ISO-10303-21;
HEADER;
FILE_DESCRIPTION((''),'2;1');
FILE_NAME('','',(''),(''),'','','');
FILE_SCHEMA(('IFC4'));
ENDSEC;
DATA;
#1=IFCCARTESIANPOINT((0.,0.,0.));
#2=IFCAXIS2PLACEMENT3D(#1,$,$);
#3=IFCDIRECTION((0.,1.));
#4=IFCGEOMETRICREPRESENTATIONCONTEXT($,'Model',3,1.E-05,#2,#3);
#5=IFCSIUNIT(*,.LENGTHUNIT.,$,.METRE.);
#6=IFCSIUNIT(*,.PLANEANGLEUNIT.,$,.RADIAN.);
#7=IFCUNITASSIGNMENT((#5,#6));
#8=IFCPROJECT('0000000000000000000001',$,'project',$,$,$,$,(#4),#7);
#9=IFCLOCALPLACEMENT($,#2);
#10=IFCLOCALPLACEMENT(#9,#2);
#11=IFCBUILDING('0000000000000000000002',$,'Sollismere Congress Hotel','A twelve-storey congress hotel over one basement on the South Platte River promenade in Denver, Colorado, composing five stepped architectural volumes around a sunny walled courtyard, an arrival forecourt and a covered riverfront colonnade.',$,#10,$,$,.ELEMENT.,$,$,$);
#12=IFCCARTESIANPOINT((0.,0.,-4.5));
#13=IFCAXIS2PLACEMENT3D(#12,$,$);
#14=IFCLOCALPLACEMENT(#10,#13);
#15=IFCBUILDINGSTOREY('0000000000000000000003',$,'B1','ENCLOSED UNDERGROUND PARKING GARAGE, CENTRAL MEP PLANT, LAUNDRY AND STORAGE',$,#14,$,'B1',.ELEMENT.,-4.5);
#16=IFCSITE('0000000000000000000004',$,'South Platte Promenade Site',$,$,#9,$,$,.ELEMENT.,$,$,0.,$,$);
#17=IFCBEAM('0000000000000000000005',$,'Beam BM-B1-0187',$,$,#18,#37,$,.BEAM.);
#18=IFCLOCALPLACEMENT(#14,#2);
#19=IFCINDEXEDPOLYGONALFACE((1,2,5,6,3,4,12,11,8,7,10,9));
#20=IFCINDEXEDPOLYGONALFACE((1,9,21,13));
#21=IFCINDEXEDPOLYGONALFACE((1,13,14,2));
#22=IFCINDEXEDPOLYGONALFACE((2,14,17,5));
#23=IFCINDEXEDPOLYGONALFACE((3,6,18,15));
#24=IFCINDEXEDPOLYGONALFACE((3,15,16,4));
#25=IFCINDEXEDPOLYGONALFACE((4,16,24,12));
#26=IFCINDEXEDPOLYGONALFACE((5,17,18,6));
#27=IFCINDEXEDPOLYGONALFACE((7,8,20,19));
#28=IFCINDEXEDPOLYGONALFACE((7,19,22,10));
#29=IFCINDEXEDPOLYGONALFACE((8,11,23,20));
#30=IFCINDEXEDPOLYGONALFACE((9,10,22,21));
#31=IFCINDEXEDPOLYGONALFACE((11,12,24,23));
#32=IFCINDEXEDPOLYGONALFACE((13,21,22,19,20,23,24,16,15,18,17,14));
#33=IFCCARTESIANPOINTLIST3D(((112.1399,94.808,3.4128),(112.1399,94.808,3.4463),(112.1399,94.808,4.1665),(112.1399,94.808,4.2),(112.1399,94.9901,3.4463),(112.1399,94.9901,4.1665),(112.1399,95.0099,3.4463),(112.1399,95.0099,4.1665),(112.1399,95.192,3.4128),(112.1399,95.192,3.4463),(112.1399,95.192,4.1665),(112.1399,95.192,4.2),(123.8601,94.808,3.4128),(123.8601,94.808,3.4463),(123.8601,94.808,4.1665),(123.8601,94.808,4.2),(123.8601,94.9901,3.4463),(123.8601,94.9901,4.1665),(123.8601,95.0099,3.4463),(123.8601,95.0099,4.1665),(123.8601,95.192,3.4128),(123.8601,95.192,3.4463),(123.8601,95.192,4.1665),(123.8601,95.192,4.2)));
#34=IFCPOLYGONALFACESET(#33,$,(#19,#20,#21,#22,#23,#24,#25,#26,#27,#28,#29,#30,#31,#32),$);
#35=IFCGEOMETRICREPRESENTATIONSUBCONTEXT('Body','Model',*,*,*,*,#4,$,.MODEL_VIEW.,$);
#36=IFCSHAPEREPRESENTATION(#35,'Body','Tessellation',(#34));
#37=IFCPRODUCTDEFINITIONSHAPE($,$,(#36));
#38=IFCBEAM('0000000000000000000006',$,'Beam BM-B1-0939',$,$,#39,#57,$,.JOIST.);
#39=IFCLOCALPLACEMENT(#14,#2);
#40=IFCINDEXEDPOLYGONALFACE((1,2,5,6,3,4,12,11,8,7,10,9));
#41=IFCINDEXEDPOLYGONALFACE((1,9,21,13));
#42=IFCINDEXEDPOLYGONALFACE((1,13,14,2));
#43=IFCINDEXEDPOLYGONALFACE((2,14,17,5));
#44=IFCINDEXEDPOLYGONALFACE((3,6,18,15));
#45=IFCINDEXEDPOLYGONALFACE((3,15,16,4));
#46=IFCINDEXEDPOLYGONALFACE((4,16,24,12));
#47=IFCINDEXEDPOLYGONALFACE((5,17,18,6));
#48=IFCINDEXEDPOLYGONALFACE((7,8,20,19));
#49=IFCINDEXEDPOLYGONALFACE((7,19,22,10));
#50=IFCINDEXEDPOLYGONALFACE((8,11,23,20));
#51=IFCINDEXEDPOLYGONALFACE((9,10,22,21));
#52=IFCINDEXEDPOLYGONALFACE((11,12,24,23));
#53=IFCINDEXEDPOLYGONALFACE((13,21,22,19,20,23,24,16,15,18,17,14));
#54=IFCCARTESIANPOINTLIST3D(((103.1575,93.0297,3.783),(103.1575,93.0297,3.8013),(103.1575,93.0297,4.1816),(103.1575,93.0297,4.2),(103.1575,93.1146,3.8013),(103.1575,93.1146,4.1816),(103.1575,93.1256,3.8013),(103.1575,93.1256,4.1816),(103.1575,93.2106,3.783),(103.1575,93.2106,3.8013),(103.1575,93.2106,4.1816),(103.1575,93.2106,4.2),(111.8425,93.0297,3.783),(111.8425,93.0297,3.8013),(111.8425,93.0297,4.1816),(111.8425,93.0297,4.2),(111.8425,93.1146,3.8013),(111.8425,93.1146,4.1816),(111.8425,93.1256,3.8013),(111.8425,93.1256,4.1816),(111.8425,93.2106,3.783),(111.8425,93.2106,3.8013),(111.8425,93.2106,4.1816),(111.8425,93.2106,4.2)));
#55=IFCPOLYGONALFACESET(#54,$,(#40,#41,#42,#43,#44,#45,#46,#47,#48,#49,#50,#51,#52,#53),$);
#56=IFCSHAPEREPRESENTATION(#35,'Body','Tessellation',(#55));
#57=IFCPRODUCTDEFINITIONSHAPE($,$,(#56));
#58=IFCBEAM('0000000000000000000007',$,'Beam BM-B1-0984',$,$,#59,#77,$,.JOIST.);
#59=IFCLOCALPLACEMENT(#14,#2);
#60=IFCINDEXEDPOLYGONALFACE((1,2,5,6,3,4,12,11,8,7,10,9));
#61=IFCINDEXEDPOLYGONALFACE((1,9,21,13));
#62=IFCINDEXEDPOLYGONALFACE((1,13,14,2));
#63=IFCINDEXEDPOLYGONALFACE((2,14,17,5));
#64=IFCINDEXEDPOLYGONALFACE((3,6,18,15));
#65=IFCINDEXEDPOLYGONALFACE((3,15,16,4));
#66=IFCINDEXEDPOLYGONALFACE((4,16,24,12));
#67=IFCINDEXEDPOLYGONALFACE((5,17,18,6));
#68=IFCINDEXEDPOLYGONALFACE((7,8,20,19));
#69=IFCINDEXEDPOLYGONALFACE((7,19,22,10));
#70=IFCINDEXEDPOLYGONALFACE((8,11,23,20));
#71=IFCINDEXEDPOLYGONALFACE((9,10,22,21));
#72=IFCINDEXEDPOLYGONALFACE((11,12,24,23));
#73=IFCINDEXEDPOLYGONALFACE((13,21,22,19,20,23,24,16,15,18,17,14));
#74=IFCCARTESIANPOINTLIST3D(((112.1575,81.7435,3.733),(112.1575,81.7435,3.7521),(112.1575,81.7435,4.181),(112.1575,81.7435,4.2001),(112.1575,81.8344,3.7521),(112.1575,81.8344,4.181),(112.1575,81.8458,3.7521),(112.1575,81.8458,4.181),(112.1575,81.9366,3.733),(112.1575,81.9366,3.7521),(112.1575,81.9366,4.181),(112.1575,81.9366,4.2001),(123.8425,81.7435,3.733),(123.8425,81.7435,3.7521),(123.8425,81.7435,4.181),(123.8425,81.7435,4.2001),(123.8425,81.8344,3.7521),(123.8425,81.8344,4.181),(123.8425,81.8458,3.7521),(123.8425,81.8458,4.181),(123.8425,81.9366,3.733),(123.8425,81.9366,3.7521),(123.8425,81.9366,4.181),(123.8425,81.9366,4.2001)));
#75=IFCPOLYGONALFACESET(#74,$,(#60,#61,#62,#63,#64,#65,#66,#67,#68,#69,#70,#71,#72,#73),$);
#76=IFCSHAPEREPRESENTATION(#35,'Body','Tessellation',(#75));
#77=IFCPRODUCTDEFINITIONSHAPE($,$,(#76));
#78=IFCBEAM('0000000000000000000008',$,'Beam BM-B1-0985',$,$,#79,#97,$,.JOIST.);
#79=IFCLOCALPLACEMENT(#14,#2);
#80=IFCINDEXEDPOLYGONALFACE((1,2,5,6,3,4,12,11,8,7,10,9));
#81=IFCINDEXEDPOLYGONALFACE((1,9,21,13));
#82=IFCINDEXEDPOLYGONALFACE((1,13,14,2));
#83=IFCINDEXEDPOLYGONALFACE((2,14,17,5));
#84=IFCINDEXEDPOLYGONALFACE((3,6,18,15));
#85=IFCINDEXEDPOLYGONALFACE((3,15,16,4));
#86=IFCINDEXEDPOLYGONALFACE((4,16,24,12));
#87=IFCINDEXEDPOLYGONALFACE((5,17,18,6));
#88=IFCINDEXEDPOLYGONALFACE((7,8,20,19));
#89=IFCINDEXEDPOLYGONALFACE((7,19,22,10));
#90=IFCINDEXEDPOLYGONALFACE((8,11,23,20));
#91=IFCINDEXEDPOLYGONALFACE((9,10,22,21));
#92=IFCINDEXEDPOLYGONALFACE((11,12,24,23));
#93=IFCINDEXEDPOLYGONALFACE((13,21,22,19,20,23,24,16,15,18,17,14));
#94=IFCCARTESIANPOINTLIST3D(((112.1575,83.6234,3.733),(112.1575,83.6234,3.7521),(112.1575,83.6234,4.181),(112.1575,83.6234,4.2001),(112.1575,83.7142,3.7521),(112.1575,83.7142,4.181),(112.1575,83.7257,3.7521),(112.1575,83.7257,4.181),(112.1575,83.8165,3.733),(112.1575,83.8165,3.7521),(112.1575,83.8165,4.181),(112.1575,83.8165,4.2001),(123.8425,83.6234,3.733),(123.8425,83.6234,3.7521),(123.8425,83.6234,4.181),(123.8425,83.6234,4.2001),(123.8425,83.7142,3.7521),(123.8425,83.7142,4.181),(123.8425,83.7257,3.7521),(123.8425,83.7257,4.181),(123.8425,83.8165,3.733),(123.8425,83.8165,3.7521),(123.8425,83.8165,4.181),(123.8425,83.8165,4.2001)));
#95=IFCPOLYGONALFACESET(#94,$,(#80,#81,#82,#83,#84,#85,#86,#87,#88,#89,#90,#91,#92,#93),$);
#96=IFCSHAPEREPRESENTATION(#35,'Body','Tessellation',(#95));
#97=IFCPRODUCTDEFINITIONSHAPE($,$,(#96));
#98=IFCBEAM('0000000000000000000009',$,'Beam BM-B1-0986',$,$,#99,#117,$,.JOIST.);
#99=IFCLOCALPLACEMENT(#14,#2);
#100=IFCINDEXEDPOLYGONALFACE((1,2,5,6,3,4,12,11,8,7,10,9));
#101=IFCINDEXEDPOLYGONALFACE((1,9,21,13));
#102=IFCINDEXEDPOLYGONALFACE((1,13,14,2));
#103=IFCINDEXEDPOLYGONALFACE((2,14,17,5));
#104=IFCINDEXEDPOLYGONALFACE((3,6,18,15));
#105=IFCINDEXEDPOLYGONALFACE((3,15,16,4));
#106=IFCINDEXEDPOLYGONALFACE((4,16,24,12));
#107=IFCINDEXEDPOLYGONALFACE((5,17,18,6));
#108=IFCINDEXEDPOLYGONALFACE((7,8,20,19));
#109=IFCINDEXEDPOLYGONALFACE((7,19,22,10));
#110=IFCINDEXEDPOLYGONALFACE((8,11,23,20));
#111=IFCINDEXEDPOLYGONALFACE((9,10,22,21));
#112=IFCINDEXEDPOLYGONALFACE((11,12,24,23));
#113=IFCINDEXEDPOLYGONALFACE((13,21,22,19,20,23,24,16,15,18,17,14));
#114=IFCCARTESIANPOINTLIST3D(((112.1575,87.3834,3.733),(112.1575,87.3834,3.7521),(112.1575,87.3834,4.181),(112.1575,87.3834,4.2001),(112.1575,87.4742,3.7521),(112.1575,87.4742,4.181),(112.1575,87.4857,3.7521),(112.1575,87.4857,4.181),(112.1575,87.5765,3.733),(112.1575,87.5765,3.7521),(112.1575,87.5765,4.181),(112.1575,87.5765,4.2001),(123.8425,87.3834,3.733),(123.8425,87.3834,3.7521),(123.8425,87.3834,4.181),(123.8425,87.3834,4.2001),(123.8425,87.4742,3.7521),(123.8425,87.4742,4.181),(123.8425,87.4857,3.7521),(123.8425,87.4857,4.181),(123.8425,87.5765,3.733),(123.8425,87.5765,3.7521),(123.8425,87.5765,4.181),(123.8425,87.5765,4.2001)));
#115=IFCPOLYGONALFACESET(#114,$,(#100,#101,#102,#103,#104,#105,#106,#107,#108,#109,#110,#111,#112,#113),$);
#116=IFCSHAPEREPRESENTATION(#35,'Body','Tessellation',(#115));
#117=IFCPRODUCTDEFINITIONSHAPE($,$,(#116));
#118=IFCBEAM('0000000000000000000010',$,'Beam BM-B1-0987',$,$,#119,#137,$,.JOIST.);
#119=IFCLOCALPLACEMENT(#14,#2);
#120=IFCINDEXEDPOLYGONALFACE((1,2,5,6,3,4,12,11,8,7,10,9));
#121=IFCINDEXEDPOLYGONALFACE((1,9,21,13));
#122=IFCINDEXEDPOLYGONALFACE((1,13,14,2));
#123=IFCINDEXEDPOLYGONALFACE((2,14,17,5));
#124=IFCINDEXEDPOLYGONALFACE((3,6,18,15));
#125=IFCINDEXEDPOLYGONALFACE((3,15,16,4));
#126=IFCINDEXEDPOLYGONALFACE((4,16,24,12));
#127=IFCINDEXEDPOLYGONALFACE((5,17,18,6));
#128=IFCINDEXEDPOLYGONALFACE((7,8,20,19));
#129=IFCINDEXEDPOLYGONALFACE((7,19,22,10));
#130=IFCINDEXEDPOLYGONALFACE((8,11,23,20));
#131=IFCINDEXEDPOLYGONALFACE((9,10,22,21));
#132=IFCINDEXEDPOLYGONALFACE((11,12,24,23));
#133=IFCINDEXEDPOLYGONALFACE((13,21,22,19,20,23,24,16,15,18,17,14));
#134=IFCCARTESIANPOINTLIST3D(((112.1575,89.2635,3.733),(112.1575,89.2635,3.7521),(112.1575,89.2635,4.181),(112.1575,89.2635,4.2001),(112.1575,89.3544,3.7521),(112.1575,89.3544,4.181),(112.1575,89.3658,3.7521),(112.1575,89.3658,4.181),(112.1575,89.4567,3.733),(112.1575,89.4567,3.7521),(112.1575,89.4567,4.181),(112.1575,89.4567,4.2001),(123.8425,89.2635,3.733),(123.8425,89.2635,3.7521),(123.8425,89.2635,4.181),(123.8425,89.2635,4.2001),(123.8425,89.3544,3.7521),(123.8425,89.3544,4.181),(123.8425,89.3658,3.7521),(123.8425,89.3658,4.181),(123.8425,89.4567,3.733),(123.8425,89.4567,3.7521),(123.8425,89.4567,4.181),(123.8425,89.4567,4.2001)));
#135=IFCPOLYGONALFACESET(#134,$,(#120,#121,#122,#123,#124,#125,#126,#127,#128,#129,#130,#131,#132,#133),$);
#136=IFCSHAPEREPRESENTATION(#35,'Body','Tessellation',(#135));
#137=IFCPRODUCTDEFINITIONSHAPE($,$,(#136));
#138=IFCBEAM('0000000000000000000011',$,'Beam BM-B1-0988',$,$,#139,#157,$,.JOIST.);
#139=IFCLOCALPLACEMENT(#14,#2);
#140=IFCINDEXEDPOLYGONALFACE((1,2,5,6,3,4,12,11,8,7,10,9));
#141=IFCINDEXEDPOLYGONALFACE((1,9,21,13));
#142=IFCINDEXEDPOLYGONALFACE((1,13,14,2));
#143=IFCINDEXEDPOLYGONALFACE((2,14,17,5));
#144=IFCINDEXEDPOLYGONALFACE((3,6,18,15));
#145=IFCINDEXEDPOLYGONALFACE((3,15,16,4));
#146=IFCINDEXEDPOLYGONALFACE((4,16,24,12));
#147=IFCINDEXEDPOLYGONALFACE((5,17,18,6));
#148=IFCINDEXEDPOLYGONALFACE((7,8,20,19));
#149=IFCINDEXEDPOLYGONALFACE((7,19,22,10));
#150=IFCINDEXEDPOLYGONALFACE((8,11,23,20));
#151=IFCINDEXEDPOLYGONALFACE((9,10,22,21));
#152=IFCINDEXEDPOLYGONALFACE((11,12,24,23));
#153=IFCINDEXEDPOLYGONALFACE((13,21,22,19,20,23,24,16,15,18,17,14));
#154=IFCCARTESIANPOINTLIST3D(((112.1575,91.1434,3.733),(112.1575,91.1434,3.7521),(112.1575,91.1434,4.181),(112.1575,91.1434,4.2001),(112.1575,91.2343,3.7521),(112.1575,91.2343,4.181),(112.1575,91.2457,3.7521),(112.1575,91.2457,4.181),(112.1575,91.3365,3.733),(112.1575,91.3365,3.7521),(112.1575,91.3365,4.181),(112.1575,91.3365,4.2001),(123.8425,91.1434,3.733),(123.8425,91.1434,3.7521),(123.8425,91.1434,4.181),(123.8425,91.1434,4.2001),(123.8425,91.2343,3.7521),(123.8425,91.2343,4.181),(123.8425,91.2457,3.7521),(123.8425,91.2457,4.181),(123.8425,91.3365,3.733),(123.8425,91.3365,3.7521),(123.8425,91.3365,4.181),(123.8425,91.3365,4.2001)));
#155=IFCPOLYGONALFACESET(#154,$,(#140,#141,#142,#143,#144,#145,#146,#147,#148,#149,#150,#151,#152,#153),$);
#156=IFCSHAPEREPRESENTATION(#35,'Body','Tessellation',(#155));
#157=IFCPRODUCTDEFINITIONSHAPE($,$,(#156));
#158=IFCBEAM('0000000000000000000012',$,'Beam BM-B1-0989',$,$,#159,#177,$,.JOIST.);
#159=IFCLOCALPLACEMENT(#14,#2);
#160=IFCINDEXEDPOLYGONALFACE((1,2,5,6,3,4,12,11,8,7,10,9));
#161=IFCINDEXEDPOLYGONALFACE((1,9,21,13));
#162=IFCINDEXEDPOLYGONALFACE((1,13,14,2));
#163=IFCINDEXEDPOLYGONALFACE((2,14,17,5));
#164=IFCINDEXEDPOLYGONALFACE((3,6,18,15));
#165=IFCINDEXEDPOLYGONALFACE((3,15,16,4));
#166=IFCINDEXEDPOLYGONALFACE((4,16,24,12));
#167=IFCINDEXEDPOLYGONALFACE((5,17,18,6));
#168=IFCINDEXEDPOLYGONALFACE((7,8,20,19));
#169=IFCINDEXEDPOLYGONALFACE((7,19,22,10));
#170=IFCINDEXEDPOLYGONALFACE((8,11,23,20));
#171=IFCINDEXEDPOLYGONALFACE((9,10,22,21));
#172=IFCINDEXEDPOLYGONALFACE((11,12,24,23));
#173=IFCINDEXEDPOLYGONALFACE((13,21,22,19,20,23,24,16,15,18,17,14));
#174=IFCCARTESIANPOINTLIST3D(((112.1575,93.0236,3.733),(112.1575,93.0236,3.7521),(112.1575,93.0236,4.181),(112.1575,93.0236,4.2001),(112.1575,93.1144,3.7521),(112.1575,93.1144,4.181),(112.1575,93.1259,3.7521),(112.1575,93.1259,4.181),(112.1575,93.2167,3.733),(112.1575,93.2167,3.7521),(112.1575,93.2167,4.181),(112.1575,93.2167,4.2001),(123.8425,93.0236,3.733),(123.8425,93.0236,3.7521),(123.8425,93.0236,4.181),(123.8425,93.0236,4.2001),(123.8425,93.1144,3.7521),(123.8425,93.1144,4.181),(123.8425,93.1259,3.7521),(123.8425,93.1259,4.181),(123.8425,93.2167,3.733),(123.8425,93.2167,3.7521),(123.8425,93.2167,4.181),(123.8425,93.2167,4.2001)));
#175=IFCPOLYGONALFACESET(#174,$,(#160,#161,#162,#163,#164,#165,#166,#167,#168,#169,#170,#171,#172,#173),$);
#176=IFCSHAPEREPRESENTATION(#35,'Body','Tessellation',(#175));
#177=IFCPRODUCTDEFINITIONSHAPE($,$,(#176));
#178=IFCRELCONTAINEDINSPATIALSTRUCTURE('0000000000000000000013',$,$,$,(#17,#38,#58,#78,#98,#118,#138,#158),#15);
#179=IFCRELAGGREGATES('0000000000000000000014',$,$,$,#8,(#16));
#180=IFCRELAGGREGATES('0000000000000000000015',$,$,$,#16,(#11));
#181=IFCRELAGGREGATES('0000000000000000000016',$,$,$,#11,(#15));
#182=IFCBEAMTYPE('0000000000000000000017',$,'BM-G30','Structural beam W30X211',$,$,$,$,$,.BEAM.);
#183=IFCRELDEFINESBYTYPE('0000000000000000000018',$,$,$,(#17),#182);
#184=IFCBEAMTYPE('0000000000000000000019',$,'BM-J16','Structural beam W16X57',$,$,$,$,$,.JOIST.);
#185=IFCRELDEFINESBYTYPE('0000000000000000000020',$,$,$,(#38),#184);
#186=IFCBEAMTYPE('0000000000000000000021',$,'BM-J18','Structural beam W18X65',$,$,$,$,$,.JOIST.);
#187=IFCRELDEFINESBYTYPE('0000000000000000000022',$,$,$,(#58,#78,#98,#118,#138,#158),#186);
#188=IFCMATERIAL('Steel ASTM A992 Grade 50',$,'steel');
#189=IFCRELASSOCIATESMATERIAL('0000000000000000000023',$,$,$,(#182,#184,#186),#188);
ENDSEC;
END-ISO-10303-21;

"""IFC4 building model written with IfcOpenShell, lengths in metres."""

from ifc_helpers import new_model, si_unit, direction, frame, origin, origin_2d, place, context, subcontext, project, spatial, i_section, extrude, material, material_profile, profile_set, type_object, element, save


model = new_model("IFC4")

# Units and contexts
model_context = context("Model", 3, precision=1e-05, world=origin(), true_north=direction((0.0, 1.0)))
body_context = subcontext(model_context, "Body", "Model", "MODEL_VIEW")
ifc_project = project(units=[si_unit("LENGTHUNIT", "METRE"), si_unit("PLANEANGLEUNIT", "RADIAN")], contexts=[model_context])

# Site, building, storey
site_placement = place(None, origin())
site = spatial("IfcSite", under=ifc_project, at=site_placement, Name="South Platte Promenade Site", CompositionType="ELEMENT", RefElevation=0.0)
building_placement = place(site_placement, origin())
building = spatial("IfcBuilding", under=site, at=building_placement, Name="Sollismere Congress Hotel", Description="A twelve-storey congress hotel over one basement on the South Platte River promenade in Denver, Colorado, composing five stepped architectural volumes around a sunny walled courtyard, an arrival forecourt and a covered riverfront colonnade.", CompositionType="ELEMENT")
storey_placement = place(building_placement, frame((0.0, 0.0, -4.5)))
storey = spatial("IfcBuildingStorey", under=building, at=storey_placement, Name="B1", Description="ENCLOSED UNDERGROUND PARKING GARAGE, CENTRAL MEP PLANT, LAUNDRY AND STORAGE", LongName="B1", CompositionType="ELEMENT", Elevation=-4.5)

# Beams
ifc_material_1 = material(Name="Steel ASTM A992 Grade 50", Category="steel")
ifc_material_profile_1 = material_profile(ifc_material_1, i_section(OverallWidth=0.384, OverallDepth=0.7871, WebThickness=0.0198, FlangeThickness=0.0334, at=origin_2d()), Name="W30X211")
ifc_profile_set_1 = profile_set([ifc_material_profile_1], Name="Steel ASTM A992 Grade 50")
beam_type_1 = type_object("IfcBeamType", Name="BM-G30", Description="Structural beam W30X211", PredefinedType="BEAM", material=ifc_profile_set_1)
for number, where, z_axis, x_axis, name in (
    (1, (112.1399, 95.0, 3.8064), (1.0, 0.0, 0.0), (0.0, 1.0, 0.0), "Beam BM-B1-0187"),
):
    element("IfcBeam", number, at=place(storey_placement, frame(where, z_axis=z_axis, x_axis=x_axis)), inside=storey, type_object=beam_type_1, Name=name, PredefinedType="BEAM", context=body_context, shape_type="SweptSolid", body=[
        extrude(i_section(OverallWidth=0.384, OverallDepth=0.7871, WebThickness=0.0198, FlangeThickness=0.0334, at=origin_2d()), origin(), (0.0, 0.0, 1.0), 11.7202),
    ])
ifc_material_profile_2 = material_profile(ifc_material_1, i_section(OverallWidth=0.1809, OverallDepth=0.417, WebThickness=0.011, FlangeThickness=0.0183, at=origin_2d()), Name="W16X57")
ifc_profile_set_2 = profile_set([ifc_material_profile_2], Name="Steel ASTM A992 Grade 50")
beam_type_2 = type_object("IfcBeamType", Name="BM-J16", Description="Structural beam W16X57", PredefinedType="JOIST", material=ifc_profile_set_2)
beam_1_placement = place(storey_placement, frame((103.1575, 93.1201, 3.9915), z_axis=(1.0, 0.0, 0.0), x_axis=(0.0, 1.0, 0.0)))
element("IfcBeam", 2, at=beam_1_placement, inside=storey, type_object=beam_type_2, Name="Beam BM-B1-0939", PredefinedType="JOIST", context=body_context, shape_type="SweptSolid", body=[
    extrude(i_section(OverallWidth=0.1809, OverallDepth=0.417, WebThickness=0.011, FlangeThickness=0.0183, at=origin_2d()), origin(), (0.0, 0.0, 1.0), 8.6851),
])
ifc_material_profile_3 = material_profile(ifc_material_1, i_section(OverallWidth=0.1931, OverallDepth=0.467, WebThickness=0.0115, FlangeThickness=0.019, at=origin_2d()), Name="W18X65")
ifc_profile_set_3 = profile_set([ifc_material_profile_3], Name="Steel ASTM A992 Grade 50")
beam_type_3 = type_object("IfcBeamType", Name="BM-J18", Description="Structural beam W18X65", PredefinedType="JOIST", material=ifc_profile_set_3)
for number, where, z_axis, x_axis, name in (
    (3, (112.1575, 81.8401, 3.9666), (1.0, 0.0, 0.0), (0.0, 1.0, 0.0), "Beam BM-B1-0984"),
    (4, (112.1575, 83.72, 3.9666), (1.0, 0.0, 0.0), (0.0, 1.0, 0.0), "Beam BM-B1-0985"),
    (5, (112.1575, 87.48, 3.9666), (1.0, 0.0, 0.0), (0.0, 1.0, 0.0), "Beam BM-B1-0986"),
    (6, (112.1575, 89.3601, 3.9666), (1.0, 0.0, 0.0), (0.0, 1.0, 0.0), "Beam BM-B1-0987"),
    (7, (112.1575, 91.24, 3.9666), (1.0, 0.0, 0.0), (0.0, 1.0, 0.0), "Beam BM-B1-0988"),
    (8, (112.1575, 93.1201, 3.9666), (1.0, 0.0, 0.0), (0.0, 1.0, 0.0), "Beam BM-B1-0989"),
):
    element("IfcBeam", number, at=place(storey_placement, frame(where, z_axis=z_axis, x_axis=x_axis)), inside=storey, type_object=beam_type_3, Name=name, PredefinedType="JOIST", context=body_context, shape_type="SweptSolid", body=[
        extrude(i_section(OverallWidth=0.1931, OverallDepth=0.467, WebThickness=0.0115, FlangeThickness=0.019, at=origin_2d()), origin(), (0.0, 0.0, 1.0), 11.6851),
    ])

save(model, "model.ifc")
